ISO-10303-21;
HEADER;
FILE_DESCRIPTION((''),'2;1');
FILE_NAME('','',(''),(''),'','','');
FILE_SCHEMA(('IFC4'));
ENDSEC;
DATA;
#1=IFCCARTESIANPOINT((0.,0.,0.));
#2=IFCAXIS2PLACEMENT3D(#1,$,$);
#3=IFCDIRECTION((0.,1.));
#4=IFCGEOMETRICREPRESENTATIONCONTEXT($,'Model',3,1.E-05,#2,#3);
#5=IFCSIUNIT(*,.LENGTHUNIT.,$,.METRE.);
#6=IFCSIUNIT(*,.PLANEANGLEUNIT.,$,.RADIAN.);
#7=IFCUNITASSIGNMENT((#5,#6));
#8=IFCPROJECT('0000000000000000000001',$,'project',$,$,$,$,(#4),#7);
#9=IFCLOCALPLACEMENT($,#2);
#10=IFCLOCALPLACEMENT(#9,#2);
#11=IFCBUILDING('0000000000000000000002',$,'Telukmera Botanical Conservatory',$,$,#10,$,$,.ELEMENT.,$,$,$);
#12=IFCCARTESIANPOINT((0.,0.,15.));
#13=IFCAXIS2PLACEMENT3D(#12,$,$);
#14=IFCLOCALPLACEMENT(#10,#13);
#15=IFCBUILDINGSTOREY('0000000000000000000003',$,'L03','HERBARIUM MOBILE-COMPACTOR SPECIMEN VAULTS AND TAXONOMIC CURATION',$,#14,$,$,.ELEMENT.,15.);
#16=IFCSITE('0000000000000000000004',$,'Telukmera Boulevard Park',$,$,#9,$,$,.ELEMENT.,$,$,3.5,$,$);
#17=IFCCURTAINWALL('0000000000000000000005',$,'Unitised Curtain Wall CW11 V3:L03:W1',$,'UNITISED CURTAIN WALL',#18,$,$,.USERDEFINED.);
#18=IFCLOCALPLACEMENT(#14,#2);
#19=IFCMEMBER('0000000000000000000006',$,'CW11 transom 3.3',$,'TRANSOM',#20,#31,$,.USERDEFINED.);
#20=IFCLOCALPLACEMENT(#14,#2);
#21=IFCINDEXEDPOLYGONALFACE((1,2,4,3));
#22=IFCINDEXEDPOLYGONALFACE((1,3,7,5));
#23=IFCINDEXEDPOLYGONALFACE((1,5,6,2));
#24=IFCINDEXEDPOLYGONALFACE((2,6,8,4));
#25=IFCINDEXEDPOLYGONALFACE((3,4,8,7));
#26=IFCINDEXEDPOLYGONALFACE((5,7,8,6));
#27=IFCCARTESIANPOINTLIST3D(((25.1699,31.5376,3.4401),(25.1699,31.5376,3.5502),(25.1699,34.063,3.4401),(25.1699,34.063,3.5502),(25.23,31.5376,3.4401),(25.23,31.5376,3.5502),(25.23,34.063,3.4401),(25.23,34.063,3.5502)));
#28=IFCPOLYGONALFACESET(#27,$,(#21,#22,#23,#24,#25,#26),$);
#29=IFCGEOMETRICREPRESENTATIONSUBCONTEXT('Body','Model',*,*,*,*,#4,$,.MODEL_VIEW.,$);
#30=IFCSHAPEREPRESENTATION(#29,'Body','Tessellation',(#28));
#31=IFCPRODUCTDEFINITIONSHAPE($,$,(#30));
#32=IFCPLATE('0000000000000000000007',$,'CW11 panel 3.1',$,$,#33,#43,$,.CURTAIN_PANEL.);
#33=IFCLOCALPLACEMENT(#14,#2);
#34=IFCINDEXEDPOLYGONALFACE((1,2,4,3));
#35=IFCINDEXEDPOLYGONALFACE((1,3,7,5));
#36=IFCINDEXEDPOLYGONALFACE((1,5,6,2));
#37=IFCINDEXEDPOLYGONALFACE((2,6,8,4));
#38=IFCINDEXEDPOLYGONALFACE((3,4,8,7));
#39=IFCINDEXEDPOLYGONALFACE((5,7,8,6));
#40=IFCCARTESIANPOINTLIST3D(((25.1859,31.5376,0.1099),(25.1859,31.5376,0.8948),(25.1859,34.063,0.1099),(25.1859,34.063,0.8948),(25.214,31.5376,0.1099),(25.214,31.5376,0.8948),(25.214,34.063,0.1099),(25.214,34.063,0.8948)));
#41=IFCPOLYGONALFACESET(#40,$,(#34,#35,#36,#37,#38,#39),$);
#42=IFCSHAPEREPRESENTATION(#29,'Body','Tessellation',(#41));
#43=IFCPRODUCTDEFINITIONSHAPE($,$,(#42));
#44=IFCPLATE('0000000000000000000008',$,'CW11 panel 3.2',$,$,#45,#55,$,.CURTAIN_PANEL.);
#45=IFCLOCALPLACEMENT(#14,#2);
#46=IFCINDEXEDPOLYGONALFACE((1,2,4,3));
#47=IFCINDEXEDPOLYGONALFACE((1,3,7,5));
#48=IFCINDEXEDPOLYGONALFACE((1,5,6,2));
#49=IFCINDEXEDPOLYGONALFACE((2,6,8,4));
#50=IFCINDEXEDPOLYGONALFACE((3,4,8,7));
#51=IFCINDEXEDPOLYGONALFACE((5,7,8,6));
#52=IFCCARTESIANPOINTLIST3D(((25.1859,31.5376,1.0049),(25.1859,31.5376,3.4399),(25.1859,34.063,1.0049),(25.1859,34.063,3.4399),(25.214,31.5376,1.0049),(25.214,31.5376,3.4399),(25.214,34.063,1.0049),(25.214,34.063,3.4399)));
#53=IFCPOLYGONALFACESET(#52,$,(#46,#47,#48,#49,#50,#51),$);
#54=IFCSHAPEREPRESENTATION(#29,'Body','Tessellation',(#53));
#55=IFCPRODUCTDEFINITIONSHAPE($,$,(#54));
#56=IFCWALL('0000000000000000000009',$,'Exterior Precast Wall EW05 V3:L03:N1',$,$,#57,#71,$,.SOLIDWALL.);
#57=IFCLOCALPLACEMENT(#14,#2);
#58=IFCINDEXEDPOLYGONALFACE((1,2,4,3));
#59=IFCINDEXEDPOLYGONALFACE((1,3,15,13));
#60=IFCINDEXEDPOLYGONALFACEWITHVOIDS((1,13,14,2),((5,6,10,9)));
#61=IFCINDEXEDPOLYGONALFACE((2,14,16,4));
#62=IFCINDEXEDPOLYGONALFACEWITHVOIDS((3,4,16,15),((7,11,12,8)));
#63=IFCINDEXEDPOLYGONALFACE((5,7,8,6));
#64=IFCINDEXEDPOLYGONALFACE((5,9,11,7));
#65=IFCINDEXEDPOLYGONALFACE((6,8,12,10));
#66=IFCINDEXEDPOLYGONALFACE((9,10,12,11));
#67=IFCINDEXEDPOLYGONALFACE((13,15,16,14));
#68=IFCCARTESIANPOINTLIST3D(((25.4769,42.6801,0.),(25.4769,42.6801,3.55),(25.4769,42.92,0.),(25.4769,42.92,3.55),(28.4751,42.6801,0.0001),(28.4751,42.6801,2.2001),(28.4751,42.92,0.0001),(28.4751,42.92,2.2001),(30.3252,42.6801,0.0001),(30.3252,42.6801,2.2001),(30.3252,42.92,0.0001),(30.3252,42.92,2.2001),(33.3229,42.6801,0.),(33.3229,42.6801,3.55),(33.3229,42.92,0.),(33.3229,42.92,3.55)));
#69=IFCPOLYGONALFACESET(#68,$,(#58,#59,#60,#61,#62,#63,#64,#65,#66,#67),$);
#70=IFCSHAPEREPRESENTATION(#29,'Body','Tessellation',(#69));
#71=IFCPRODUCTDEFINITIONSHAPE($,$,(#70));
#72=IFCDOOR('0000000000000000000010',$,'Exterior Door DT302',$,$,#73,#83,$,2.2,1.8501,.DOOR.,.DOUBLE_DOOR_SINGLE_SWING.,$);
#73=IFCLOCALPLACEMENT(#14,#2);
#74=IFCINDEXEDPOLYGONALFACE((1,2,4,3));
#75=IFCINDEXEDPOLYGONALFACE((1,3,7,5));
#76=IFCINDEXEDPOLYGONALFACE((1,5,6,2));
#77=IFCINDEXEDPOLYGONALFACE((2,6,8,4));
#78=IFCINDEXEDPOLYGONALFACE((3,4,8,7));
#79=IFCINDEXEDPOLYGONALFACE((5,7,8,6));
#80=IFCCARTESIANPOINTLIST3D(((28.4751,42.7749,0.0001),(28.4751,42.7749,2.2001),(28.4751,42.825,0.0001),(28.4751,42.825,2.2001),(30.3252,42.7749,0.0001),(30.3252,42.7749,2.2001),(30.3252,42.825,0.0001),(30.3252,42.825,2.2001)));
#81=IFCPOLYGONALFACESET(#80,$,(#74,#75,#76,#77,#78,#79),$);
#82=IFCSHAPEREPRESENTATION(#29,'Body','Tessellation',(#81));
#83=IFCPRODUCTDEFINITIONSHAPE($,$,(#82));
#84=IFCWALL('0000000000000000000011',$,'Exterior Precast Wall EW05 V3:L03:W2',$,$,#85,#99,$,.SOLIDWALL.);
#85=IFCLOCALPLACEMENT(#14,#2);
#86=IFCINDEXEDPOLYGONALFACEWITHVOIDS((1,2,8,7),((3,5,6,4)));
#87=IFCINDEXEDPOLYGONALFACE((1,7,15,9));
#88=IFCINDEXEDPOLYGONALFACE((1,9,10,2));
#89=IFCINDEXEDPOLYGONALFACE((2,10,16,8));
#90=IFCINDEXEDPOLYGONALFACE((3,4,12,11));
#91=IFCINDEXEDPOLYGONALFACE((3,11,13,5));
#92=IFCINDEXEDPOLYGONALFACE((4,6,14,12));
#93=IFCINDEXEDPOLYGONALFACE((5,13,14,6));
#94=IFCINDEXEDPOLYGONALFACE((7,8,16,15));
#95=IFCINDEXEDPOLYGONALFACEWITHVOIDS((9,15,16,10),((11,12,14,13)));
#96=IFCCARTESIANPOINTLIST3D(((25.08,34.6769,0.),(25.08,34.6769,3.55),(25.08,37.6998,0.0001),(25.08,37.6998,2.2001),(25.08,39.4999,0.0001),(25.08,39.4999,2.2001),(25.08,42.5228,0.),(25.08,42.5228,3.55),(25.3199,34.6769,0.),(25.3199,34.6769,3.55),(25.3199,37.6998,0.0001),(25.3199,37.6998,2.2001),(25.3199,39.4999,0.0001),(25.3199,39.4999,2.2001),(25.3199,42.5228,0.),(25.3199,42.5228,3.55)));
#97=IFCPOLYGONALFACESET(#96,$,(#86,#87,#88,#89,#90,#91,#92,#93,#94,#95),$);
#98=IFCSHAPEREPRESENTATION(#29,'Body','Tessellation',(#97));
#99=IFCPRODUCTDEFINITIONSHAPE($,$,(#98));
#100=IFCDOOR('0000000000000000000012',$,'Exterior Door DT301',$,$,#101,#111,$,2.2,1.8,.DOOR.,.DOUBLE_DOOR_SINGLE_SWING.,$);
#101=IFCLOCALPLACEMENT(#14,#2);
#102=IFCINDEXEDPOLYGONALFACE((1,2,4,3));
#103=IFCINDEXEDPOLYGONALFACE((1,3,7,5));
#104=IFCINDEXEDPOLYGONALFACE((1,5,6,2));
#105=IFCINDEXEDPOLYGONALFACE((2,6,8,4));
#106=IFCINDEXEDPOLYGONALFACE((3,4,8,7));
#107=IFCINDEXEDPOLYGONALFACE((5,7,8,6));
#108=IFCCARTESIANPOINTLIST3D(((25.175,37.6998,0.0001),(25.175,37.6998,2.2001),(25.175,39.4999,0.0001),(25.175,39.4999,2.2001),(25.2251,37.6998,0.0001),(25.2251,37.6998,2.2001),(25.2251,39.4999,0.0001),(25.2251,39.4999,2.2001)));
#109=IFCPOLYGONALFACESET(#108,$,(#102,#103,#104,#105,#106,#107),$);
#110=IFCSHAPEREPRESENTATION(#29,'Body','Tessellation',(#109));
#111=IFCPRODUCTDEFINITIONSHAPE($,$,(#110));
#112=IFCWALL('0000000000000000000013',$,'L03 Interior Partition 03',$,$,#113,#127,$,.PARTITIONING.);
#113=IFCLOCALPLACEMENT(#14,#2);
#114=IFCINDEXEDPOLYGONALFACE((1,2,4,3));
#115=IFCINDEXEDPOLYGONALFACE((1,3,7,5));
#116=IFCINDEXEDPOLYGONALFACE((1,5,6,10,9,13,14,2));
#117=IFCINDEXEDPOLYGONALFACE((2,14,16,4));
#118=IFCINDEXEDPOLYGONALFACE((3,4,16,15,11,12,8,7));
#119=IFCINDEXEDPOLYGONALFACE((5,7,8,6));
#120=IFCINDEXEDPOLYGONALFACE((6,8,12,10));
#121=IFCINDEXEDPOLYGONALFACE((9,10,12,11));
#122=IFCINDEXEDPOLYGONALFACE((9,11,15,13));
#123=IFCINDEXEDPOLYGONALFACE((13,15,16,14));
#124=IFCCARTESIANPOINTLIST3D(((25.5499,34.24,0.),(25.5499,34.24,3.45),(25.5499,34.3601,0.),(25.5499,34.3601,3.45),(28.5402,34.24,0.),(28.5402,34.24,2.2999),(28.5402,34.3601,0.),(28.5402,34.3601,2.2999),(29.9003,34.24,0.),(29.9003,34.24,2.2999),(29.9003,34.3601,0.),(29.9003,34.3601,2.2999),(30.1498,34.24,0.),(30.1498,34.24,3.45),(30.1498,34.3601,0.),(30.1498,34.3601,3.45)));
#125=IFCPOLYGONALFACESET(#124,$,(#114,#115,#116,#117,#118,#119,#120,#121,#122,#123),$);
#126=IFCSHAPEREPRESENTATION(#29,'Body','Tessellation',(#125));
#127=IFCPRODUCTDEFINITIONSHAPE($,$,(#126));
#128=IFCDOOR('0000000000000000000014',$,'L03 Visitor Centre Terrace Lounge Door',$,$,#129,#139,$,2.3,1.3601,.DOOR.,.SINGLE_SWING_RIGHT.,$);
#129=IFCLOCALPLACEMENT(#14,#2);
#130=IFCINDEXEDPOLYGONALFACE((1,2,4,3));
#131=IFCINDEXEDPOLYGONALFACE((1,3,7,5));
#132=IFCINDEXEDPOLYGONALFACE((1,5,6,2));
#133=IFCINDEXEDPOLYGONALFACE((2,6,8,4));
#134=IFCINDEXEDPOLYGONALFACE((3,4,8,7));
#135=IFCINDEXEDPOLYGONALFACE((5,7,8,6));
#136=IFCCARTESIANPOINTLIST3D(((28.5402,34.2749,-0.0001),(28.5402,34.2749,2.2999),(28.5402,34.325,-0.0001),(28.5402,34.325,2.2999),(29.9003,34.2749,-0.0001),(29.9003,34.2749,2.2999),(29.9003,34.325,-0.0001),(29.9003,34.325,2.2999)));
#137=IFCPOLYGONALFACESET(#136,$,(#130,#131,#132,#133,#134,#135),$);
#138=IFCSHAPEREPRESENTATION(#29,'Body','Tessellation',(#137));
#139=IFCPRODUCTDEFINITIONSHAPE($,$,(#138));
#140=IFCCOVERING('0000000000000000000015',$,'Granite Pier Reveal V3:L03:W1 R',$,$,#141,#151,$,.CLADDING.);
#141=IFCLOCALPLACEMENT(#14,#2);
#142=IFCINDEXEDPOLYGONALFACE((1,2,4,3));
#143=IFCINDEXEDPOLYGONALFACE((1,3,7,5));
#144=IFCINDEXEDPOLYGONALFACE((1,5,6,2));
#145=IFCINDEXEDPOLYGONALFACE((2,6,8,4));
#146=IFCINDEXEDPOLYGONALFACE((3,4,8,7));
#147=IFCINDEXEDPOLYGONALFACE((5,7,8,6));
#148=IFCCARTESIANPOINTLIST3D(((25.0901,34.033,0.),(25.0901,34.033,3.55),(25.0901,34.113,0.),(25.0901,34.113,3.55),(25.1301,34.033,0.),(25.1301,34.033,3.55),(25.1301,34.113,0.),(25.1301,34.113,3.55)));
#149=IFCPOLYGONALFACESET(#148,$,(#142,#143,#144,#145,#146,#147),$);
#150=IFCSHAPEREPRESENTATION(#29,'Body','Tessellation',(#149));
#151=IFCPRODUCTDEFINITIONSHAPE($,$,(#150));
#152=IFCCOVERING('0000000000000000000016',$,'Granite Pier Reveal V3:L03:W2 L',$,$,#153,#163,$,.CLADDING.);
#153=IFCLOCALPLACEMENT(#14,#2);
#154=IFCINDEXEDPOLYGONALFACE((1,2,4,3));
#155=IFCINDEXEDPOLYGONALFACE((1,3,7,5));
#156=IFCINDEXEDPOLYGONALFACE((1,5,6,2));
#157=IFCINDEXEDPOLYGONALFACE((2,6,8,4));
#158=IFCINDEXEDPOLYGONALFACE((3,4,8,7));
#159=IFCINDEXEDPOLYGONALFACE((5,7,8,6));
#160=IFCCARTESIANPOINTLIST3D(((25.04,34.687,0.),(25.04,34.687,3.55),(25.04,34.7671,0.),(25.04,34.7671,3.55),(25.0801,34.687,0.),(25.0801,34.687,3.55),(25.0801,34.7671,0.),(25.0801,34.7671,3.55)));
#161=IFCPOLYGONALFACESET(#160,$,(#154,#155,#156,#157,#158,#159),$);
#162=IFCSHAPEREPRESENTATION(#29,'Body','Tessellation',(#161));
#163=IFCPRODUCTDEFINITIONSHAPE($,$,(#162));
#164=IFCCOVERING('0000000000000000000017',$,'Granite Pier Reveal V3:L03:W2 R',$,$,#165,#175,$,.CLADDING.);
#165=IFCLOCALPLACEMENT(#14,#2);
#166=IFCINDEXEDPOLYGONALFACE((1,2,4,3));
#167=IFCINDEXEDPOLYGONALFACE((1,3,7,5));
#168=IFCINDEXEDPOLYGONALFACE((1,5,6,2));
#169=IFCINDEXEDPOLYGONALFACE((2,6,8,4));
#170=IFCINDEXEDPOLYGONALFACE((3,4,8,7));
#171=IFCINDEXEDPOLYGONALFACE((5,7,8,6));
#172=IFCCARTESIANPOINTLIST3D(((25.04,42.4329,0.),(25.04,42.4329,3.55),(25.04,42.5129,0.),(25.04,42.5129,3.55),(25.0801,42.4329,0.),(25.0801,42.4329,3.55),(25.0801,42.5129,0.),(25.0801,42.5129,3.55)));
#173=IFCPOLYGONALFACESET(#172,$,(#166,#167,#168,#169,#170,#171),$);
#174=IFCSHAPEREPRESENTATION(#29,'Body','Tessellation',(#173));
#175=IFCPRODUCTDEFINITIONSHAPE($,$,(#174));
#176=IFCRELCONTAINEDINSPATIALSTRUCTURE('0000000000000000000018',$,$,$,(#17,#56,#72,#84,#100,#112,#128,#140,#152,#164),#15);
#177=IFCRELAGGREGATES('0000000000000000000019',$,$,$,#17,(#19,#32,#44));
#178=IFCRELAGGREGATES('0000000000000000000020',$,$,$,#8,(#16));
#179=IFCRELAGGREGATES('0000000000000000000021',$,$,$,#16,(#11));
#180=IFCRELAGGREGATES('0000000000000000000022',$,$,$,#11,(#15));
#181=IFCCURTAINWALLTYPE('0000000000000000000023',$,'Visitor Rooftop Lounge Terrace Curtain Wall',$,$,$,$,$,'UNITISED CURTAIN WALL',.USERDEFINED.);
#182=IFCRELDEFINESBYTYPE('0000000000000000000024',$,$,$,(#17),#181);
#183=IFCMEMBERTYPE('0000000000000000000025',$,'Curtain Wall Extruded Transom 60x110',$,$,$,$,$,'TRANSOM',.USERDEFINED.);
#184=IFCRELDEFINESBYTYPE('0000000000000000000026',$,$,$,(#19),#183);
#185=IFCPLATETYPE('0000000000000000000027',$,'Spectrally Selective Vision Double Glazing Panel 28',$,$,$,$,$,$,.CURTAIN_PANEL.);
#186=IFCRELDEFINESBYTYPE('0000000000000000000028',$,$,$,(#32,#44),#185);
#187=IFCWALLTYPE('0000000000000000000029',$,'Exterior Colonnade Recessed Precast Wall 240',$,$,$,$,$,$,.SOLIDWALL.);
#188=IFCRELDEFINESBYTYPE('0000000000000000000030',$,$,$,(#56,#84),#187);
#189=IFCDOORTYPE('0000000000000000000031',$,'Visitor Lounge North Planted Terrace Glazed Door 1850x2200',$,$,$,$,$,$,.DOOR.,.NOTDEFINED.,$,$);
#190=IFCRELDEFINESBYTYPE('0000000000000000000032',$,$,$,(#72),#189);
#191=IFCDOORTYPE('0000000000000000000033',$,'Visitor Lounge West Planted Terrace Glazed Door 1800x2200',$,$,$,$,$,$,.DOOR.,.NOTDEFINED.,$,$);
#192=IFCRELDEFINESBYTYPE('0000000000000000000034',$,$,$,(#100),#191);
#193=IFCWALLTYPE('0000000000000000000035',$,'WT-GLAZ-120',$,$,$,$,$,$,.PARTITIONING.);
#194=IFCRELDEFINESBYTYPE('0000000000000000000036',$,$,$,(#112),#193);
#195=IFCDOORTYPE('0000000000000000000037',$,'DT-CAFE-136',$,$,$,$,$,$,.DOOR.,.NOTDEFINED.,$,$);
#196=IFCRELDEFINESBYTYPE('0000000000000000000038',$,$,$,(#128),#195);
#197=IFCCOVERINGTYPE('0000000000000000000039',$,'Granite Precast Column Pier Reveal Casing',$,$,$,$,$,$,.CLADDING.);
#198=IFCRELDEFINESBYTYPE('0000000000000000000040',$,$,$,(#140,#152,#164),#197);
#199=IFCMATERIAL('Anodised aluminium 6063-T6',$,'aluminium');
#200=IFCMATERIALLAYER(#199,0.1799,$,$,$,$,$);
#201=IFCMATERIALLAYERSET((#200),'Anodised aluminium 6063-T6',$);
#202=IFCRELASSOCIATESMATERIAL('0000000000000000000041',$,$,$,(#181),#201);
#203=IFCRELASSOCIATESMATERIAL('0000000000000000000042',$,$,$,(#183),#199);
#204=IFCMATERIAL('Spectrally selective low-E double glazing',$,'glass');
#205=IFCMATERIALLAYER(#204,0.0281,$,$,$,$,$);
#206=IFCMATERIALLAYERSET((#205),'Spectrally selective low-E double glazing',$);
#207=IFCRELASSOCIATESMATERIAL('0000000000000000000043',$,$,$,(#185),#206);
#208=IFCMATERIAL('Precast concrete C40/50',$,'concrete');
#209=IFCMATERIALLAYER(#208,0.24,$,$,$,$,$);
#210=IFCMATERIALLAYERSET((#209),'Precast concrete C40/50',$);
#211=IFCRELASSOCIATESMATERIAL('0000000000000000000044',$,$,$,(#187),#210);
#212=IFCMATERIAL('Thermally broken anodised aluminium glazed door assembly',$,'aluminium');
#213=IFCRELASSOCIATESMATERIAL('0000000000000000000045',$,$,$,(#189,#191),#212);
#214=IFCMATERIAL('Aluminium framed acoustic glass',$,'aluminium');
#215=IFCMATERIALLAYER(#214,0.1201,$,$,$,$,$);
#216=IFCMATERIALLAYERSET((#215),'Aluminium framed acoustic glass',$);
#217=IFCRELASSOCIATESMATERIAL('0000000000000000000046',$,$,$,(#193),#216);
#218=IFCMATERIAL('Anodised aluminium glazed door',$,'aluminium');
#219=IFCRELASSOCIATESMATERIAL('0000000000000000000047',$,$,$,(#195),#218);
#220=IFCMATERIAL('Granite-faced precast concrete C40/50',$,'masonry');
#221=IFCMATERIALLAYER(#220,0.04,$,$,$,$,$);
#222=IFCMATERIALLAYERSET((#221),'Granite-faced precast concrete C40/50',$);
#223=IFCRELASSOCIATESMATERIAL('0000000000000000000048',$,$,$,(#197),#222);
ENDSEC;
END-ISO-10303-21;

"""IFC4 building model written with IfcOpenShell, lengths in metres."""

from ifc_helpers import new_model, si_unit, direction, frame, frame_2d, origin, origin_2d, place, context, subcontext, project, spatial, rectangle, extrude, material, layer, layer_set, material_profile, profile_set, type_object, element, fill, aggregate, save


model = new_model("IFC4")

# Units and contexts
model_context = context("Model", 3, precision=1e-05, world=origin(), true_north=direction((0.0, 1.0)))
body_context = subcontext(model_context, "Body", "Model", "MODEL_VIEW")
ifc_project = project(units=[si_unit("LENGTHUNIT", "METRE"), si_unit("PLANEANGLEUNIT", "RADIAN")], contexts=[model_context])

# Site, building, storey
site_placement = place(None, origin())
site = spatial("IfcSite", under=ifc_project, at=site_placement, Name="Telukmera Boulevard Park", CompositionType="ELEMENT", RefElevation=3.5)
building_placement = place(site_placement, origin())
building = spatial("IfcBuilding", under=site, at=building_placement, Name="Telukmera Botanical Conservatory", CompositionType="ELEMENT")
storey_placement = place(building_placement, frame((0.0, 0.0, 15.0)))
storey = spatial("IfcBuildingStorey", under=building, at=storey_placement, Name="L03", Description="HERBARIUM MOBILE-COMPACTOR SPECIMEN VAULTS AND TAXONOMIC CURATION", CompositionType="ELEMENT", Elevation=15.0)

# Curtain wall, member, plates
ifc_material_1 = material(Name="Anodised aluminium 6063-T6", Category="aluminium")
ifc_layer_1 = layer(ifc_material_1, 0.1799)
ifc_layer_set_1 = layer_set([ifc_layer_1], Name="Anodised aluminium 6063-T6")
curtain_wall_type = type_object("IfcCurtainWallType", Name="Visitor Rooftop Lounge Terrace Curtain Wall", ElementType="UNITISED CURTAIN WALL", PredefinedType="USERDEFINED", material=ifc_layer_set_1)
curtain_wall_placement = place(storey_placement, origin())
curtain_wall = element("IfcCurtainWall", 1, at=curtain_wall_placement, inside=storey, type_object=curtain_wall_type, Name="Unitised Curtain Wall CW11 V3:L03:W1", ObjectType="UNITISED CURTAIN WALL", PredefinedType="USERDEFINED")
ifc_material_profile_1 = material_profile(ifc_material_1, rectangle(XDim=0.0601, YDim=0.1101, at=origin_2d()), Name="ALU TRAN 60x110")
ifc_profile_set_1 = profile_set([ifc_material_profile_1], Name="Anodised aluminium 6063-T6")
member_type_1 = type_object("IfcMemberType", Name="Curtain Wall Extruded Transom 60x110", ElementType="TRANSOM", PredefinedType="USERDEFINED", material=ifc_profile_set_1)
member_1_placement = place(storey_placement, frame((25.2, 31.5376, 3.4951), z_axis=(0.0, 1.0, 0.0), x_axis=(-1.0, 0.0, 0.0)))
member_1 = element("IfcMember", 2, at=member_1_placement, type_object=member_type_1, Name="CW11 transom 3.3", ObjectType="TRANSOM", PredefinedType="USERDEFINED", context=body_context, shape_type="SweptSolid", body=[
    extrude(rectangle(XDim=0.0601, YDim=0.1101, at=origin_2d()), origin(), (0.0, 0.0, 1.0), 2.5254),
])
ifc_material_2 = material(Name="Spectrally selective low-E double glazing", Category="glass")
ifc_layer_2 = layer(ifc_material_2, 0.0281)
ifc_layer_set_2 = layer_set([ifc_layer_2], Name="Spectrally selective low-E double glazing")
plate_type = type_object("IfcPlateType", Name="Spectrally Selective Vision Double Glazing Panel 28", PredefinedType="CURTAIN_PANEL", material=ifc_layer_set_2)
plate_1_placement = place(storey_placement, frame((25.2, 32.8003, 0.1099), z_axis=(0.0, 0.0, 1.0), x_axis=(0.0, 1.0, 0.0)))
plate_1 = element("IfcPlate", 3, at=plate_1_placement, type_object=plate_type, Name="CW11 panel 3.1", PredefinedType="CURTAIN_PANEL", context=body_context, shape_type="SweptSolid", body=[
    extrude(rectangle(XDim=2.5254, YDim=0.0281, at=origin_2d()), origin(), (0.0, 0.0, 1.0), 0.7849),
])
plate_2_placement = place(storey_placement, frame((25.2, 32.8003, 1.0049), z_axis=(0.0, 0.0, 1.0), x_axis=(0.0, 1.0, 0.0)))
plate_2 = element("IfcPlate", 4, at=plate_2_placement, type_object=plate_type, Name="CW11 panel 3.2", PredefinedType="CURTAIN_PANEL", context=body_context, shape_type="SweptSolid", body=[
    extrude(rectangle(XDim=2.5254, YDim=0.0281, at=origin_2d()), origin(), (0.0, 0.0, 1.0), 2.4351),
])
aggregate(curtain_wall, [member_1, plate_1, plate_2])

# Walls, openings, doors
ifc_material_3 = material(Name="Precast concrete C40/50", Category="concrete")
ifc_layer_3 = layer(ifc_material_3, 0.24)
ifc_layer_set_3 = layer_set([ifc_layer_3], Name="Precast concrete C40/50")
wall_type_1 = type_object("IfcWallType", Name="Exterior Colonnade Recessed Precast Wall 240", PredefinedType="SOLIDWALL", material=ifc_layer_set_3)
wall_1_placement = place(storey_placement, frame((25.4771, 42.8, 0.0), z_axis=(0.0, 0.0, 1.0), x_axis=(1.0, 0.0, 0.0)))
wall_1 = element("IfcWall", 5, at=wall_1_placement, inside=storey, type_object=wall_type_1, Name="Exterior Precast Wall EW05 V3:L03:N1", PredefinedType="SOLIDWALL", context=body_context, shape_type="SweptSolid", body=[
    extrude(rectangle(XDim=7.8459, YDim=0.24, at=frame_2d((3.9229, 0.0))), origin(), (0.0, 0.0, 1.0), 3.55),
])
opening_1_placement = place(wall_1_placement, frame((2.998, 0.0, 0.0)))
opening_1 = element("IfcOpeningElement", 6, at=opening_1_placement, cuts=wall_1, PredefinedType="OPENING", context=body_context, shape_type="SweptSolid", body=[
    extrude(rectangle(XDim=1.8501, YDim=2.2, at=frame_2d((0.925, 1.1001))), frame((0.0, 0.1299, 0.0), z_axis=(0.0, -1.0, 0.0), x_axis=(1.0, 0.0, 0.0)), (0.0, 0.0, 1.0), 0.26),
])
ifc_material_4 = material(Name="Thermally broken anodised aluminium glazed door assembly", Category="aluminium")
door_type_1 = type_object("IfcDoorType", Name="Visitor Lounge North Planted Terrace Glazed Door 1850x2200", OperationType="NOTDEFINED", PredefinedType="DOOR", material=ifc_material_4)
door_1_placement = place(opening_1_placement, origin())
door_1 = element("IfcDoor", 7, at=door_1_placement, inside=storey, type_object=door_type_1, Name="Exterior Door DT302", OperationType="DOUBLE_DOOR_SINGLE_SWING", OverallHeight=2.2, OverallWidth=1.8501, PredefinedType="DOOR", context=body_context, shape_type="SweptSolid", body=[
    extrude(rectangle(XDim=1.8501, YDim=2.2, at=frame_2d((0.925, 1.1001))), frame((0.0, 0.0249, 0.0), z_axis=(0.0, -1.0, 0.0), x_axis=(1.0, 0.0, 0.0)), (0.0, 0.0, 1.0), 0.05),
])
fill(opening_1, door_1)
wall_2_placement = place(storey_placement, frame((25.2, 34.677, 0.0), z_axis=(0.0, 0.0, 1.0), x_axis=(0.0, 1.0, 0.0)))
wall_2 = element("IfcWall", 8, at=wall_2_placement, inside=storey, type_object=wall_type_1, Name="Exterior Precast Wall EW05 V3:L03:W2", PredefinedType="SOLIDWALL", context=body_context, shape_type="SweptSolid", body=[
    extrude(rectangle(XDim=7.8459, YDim=0.24, at=frame_2d((3.9229, 0.0))), origin(), (0.0, 0.0, 1.0), 3.55),
])
opening_2_placement = place(wall_2_placement, frame((3.0229, 0.0, 0.0)))
opening_2 = element("IfcOpeningElement", 9, at=opening_2_placement, cuts=wall_2, PredefinedType="OPENING", context=body_context, shape_type="SweptSolid", body=[
    extrude(rectangle(XDim=1.8, YDim=2.2, at=frame_2d((0.8999, 1.1001))), frame((0.0, 0.1299, 0.0), z_axis=(0.0, -1.0, 0.0), x_axis=(1.0, 0.0, 0.0)), (0.0, 0.0, 1.0), 0.26),
])
door_type_2 = type_object("IfcDoorType", Name="Visitor Lounge West Planted Terrace Glazed Door 1800x2200", OperationType="NOTDEFINED", PredefinedType="DOOR", material=ifc_material_4)
door_2_placement = place(opening_2_placement, origin())
door_2 = element("IfcDoor", 10, at=door_2_placement, inside=storey, type_object=door_type_2, Name="Exterior Door DT301", OperationType="DOUBLE_DOOR_SINGLE_SWING", OverallHeight=2.2, OverallWidth=1.8, PredefinedType="DOOR", context=body_context, shape_type="SweptSolid", body=[
    extrude(rectangle(XDim=1.8, YDim=2.2, at=frame_2d((0.8999, 1.1001))), frame((0.0, 0.0249, 0.0), z_axis=(0.0, -1.0, 0.0), x_axis=(1.0, 0.0, 0.0)), (0.0, 0.0, 1.0), 0.05),
])
fill(opening_2, door_2)
ifc_material_5 = material(Name="Aluminium framed acoustic glass", Category="aluminium")
ifc_layer_4 = layer(ifc_material_5, 0.1201)
ifc_layer_set_4 = layer_set([ifc_layer_4], Name="Aluminium framed acoustic glass")
wall_type_2 = type_object("IfcWallType", Name="WT-GLAZ-120", PredefinedType="PARTITIONING", material=ifc_layer_set_4)
wall_3_placement = place(storey_placement, frame((25.55, 34.3, 0.0), z_axis=(0.0, 0.0, 1.0), x_axis=(1.0, 0.0, 0.0)))
wall_3 = element("IfcWall", 11, at=wall_3_placement, inside=storey, type_object=wall_type_2, Name="L03 Interior Partition 03", PredefinedType="PARTITIONING", context=body_context, shape_type="SweptSolid", body=[
    extrude(rectangle(XDim=4.5999, YDim=0.1201, at=frame_2d((2.2998, 0.0))), origin(), (0.0, 0.0, 1.0), 3.45),
])
opening_3_placement = place(wall_3_placement, frame((2.99, 0.0, 0.0)))
opening_3 = element("IfcOpeningElement", 12, at=opening_3_placement, cuts=wall_3, PredefinedType="OPENING", context=body_context, shape_type="SweptSolid", body=[
    extrude(rectangle(XDim=1.3601, YDim=2.3, at=frame_2d((0.6802, 1.1499))), frame((0.0, 0.0701, 0.0), z_axis=(0.0, -1.0, 0.0), x_axis=(1.0, 0.0, 0.0)), (0.0, 0.0, 1.0), 0.1401),
])
ifc_material_6 = material(Name="Anodised aluminium glazed door", Category="aluminium")
door_type_3 = type_object("IfcDoorType", Name="DT-CAFE-136", OperationType="NOTDEFINED", PredefinedType="DOOR", material=ifc_material_6)
door_3_placement = place(opening_3_placement, origin())
door_3 = element("IfcDoor", 13, at=door_3_placement, inside=storey, type_object=door_type_3, Name="L03 Visitor Centre Terrace Lounge Door", OperationType="SINGLE_SWING_RIGHT", OverallHeight=2.3, OverallWidth=1.3601, PredefinedType="DOOR", context=body_context, shape_type="SweptSolid", body=[
    extrude(rectangle(XDim=1.3601, YDim=2.3, at=frame_2d((0.6802, 1.1499))), frame((0.0, 0.0249, 0.0), z_axis=(0.0, -1.0, 0.0), x_axis=(1.0, 0.0, 0.0)), (0.0, 0.0, 1.0), 0.05),
])
fill(opening_3, door_3)

# Coverings
ifc_material_7 = material(Name="Granite-faced precast concrete C40/50", Category="masonry")
ifc_layer_5 = layer(ifc_material_7, 0.04)
ifc_layer_set_5 = layer_set([ifc_layer_5], Name="Granite-faced precast concrete C40/50")
covering_type_1 = type_object("IfcCoveringType", Name="Granite Precast Column Pier Reveal Casing", PredefinedType="CLADDING", material=ifc_layer_set_5)
for number, where, z_axis, x_axis, name in (
    (14, (25.1101, 34.073, 0.0), (0.0, 0.0, 1.0), (0.0, 1.0, 0.0), "Granite Pier Reveal V3:L03:W1 R"),
    (15, (25.0601, 34.7271, 0.0), (0.0, 0.0, 1.0), (0.0, 1.0, 0.0), "Granite Pier Reveal V3:L03:W2 L"),
    (16, (25.0601, 42.4729, 0.0), (0.0, 0.0, 1.0), (0.0, 1.0, 0.0), "Granite Pier Reveal V3:L03:W2 R"),
):
    element("IfcCovering", number, at=place(storey_placement, frame(where, z_axis=z_axis, x_axis=x_axis)), inside=storey, type_object=covering_type_1, Name=name, PredefinedType="CLADDING", context=body_context, shape_type="SweptSolid", body=[
        extrude(rectangle(XDim=0.0801, YDim=0.04, at=origin_2d()), origin(), (0.0, 0.0, 1.0), 3.55),
    ])

save(model, "model.ifc")
